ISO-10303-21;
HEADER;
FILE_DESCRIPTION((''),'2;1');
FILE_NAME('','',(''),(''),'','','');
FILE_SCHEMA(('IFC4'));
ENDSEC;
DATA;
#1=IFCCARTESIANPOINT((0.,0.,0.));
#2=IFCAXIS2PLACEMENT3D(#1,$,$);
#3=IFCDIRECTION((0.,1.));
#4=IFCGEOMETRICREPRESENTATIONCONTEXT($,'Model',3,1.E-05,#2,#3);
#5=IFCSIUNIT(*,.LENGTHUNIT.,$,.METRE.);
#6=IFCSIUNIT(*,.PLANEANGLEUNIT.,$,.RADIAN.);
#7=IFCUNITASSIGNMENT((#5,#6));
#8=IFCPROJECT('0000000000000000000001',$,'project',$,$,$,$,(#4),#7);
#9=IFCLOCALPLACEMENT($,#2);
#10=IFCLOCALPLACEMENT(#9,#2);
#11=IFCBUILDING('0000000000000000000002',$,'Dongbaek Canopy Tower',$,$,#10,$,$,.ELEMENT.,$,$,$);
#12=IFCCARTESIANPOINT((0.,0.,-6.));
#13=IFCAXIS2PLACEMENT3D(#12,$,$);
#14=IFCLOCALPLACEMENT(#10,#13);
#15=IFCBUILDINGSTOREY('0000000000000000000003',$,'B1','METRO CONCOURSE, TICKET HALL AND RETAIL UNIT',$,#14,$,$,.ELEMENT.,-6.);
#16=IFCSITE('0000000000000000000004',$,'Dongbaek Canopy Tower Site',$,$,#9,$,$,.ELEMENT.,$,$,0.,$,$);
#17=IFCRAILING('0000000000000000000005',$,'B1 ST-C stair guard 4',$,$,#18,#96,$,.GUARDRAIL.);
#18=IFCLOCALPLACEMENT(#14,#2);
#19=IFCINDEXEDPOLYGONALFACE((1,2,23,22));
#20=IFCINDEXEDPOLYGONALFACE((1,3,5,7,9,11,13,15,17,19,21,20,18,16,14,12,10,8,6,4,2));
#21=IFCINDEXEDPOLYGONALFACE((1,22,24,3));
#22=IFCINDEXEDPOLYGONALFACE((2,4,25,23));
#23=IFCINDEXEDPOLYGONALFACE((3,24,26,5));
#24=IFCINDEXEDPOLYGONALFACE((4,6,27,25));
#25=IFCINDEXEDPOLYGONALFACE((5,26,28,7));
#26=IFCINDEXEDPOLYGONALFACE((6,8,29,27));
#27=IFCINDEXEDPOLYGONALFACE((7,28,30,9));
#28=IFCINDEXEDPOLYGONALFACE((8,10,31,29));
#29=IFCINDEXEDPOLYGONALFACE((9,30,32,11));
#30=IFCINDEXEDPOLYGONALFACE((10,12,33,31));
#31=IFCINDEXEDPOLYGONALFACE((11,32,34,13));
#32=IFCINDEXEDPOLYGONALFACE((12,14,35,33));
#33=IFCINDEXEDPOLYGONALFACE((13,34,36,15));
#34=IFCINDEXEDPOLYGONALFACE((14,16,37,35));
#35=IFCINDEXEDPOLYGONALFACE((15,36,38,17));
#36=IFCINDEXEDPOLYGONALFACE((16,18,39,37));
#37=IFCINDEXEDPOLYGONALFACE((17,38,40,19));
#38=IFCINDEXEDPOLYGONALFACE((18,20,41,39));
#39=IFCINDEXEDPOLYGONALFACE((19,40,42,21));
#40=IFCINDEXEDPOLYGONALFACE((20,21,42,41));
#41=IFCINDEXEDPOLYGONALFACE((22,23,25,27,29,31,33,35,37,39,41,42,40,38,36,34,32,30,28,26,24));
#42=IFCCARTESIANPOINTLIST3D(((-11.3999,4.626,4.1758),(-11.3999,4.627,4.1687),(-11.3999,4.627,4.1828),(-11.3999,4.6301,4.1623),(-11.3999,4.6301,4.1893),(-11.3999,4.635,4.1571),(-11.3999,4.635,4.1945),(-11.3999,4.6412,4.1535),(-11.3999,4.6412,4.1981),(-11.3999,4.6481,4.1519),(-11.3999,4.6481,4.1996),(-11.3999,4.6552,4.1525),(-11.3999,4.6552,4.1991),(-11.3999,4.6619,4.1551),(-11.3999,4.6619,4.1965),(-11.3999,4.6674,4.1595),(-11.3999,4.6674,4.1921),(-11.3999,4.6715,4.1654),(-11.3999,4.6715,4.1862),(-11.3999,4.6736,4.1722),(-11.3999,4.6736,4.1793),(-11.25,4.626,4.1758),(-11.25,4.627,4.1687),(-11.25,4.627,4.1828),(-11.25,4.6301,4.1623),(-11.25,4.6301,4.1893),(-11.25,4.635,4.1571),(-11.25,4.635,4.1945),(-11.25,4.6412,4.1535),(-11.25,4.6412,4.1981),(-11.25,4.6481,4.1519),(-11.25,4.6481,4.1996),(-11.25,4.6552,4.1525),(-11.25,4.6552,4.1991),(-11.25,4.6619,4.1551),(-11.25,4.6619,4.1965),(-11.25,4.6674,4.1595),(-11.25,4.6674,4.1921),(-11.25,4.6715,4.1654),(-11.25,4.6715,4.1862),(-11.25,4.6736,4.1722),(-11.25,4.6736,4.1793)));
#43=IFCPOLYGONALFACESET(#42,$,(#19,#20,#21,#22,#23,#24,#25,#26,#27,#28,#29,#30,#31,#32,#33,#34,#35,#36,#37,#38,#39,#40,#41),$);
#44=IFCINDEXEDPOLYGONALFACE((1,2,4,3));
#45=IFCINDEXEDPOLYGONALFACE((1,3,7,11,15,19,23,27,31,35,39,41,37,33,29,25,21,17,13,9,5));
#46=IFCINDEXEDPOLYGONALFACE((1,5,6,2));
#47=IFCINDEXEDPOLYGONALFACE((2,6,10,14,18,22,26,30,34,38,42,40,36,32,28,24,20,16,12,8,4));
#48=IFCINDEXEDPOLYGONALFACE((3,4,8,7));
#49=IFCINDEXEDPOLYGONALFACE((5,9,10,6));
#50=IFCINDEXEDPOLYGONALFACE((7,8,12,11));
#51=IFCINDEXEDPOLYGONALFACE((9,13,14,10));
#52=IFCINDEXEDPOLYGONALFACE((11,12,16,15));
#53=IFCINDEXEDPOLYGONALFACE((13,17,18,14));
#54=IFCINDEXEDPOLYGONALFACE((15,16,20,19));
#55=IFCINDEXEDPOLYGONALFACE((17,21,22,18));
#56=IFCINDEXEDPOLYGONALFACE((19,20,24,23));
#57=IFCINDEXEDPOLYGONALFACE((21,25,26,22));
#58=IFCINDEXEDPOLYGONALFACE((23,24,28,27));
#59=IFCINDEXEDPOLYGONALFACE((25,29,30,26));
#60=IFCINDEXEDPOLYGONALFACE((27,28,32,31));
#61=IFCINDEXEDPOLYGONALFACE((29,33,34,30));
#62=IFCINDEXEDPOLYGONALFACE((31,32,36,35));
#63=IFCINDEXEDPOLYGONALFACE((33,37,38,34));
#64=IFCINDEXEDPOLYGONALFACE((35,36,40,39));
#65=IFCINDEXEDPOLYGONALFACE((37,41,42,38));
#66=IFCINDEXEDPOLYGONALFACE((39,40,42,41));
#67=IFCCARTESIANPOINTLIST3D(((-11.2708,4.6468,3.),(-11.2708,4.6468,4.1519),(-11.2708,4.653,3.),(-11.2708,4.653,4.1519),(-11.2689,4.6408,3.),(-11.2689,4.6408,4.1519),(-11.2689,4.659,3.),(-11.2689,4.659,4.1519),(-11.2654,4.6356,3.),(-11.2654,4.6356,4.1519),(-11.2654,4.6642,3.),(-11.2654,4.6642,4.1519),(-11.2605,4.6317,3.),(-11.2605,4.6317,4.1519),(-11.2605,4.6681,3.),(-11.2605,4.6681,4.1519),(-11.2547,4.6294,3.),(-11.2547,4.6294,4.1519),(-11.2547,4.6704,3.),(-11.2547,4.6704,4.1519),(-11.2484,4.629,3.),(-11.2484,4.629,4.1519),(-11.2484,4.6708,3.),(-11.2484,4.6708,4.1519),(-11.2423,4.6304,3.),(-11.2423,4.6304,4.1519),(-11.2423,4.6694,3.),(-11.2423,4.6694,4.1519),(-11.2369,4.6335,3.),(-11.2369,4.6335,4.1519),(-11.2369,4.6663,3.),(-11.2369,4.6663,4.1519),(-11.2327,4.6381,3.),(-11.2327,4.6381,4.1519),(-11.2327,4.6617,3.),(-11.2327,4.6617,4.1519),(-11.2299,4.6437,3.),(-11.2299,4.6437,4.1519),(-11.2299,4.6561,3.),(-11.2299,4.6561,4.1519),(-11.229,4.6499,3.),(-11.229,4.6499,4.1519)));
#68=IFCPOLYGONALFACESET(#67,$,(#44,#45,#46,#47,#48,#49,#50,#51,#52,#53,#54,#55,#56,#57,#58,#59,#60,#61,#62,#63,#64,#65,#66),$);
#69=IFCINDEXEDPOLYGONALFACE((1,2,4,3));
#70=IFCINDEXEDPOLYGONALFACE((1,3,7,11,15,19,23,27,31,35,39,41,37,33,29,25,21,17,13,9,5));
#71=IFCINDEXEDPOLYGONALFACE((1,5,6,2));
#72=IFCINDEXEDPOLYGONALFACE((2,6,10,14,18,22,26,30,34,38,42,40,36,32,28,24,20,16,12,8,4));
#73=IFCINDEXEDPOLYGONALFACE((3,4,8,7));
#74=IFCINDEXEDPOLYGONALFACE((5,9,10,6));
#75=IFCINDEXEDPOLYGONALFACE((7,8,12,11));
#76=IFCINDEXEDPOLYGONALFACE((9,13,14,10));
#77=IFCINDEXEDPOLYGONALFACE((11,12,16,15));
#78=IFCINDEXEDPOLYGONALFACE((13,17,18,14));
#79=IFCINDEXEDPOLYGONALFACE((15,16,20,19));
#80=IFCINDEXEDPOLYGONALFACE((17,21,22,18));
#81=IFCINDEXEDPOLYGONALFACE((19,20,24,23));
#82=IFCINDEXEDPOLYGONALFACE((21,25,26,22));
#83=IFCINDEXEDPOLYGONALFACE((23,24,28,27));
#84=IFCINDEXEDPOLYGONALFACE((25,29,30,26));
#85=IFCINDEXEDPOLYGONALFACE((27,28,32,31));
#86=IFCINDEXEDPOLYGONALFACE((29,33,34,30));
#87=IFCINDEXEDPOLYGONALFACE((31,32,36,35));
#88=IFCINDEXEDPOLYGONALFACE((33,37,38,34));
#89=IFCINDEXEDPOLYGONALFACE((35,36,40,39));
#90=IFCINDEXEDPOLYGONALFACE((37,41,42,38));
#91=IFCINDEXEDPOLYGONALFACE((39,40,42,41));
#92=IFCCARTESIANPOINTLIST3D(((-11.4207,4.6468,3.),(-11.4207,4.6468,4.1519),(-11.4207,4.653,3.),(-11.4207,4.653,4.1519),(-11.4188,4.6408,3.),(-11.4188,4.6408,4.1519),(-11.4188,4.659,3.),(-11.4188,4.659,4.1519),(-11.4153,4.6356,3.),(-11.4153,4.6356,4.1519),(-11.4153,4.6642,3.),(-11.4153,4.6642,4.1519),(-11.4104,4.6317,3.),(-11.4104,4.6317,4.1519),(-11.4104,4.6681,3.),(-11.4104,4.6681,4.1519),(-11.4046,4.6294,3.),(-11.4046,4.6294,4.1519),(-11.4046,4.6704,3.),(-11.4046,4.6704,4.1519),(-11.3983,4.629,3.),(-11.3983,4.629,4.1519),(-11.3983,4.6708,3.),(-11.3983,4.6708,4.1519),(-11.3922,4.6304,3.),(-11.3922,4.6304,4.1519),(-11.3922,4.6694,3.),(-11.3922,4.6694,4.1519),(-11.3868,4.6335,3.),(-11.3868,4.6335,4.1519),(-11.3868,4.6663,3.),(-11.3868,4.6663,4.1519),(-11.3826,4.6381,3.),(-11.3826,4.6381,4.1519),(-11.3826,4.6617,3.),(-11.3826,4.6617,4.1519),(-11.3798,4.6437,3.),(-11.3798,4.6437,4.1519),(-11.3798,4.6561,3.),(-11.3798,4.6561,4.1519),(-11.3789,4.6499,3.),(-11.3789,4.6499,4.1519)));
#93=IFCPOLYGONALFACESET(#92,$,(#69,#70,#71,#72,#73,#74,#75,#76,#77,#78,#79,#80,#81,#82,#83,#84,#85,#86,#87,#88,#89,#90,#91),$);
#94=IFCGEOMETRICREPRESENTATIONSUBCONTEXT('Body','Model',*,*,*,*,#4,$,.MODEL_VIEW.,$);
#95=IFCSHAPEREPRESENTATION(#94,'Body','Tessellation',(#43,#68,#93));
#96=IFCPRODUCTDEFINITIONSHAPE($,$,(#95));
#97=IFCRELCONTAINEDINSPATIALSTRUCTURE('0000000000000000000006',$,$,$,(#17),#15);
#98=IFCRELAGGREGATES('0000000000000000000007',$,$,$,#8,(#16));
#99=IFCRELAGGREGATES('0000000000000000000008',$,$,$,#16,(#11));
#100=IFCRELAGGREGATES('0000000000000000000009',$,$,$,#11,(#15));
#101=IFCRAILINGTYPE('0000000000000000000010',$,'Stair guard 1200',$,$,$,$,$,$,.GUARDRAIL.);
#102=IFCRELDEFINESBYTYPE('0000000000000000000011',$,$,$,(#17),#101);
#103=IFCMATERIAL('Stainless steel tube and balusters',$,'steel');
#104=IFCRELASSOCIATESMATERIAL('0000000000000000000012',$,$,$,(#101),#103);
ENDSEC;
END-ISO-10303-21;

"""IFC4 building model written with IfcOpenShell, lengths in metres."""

from ifc_helpers import new_model, si_unit, direction, frame, origin, origin_2d, place, context, subcontext, project, spatial, circle, extrude, material, type_object, element, save


model = new_model("IFC4")

# Units and contexts
model_context = context("Model", 3, precision=1e-05, world=origin(), true_north=direction((0.0, 1.0)))
body_context = subcontext(model_context, "Body", "Model", "MODEL_VIEW")
ifc_project = project(units=[si_unit("LENGTHUNIT", "METRE"), si_unit("PLANEANGLEUNIT", "RADIAN")], contexts=[model_context])

# Site, building, storey
site_placement = place(None, origin())
site = spatial("IfcSite", under=ifc_project, at=site_placement, Name="Dongbaek Canopy Tower Site", CompositionType="ELEMENT", RefElevation=0.0)
building_placement = place(site_placement, origin())
building = spatial("IfcBuilding", under=site, at=building_placement, Name="Dongbaek Canopy Tower", CompositionType="ELEMENT")
storey_placement = place(building_placement, frame((0.0, 0.0, -6.0)))
storey = spatial("IfcBuildingStorey", under=building, at=storey_placement, Name="B1", Description="METRO CONCOURSE, TICKET HALL AND RETAIL UNIT", CompositionType="ELEMENT", Elevation=-6.0)

# Railing
ifc_material_1 = material(Name="Stainless steel tube and balusters", Category="steel")
railing_type_1 = type_object("IfcRailingType", Name="Stair guard 1200", PredefinedType="GUARDRAIL", material=ifc_material_1)
railing_1_placement = place(storey_placement, frame((-11.25, 4.6499, 3.0)))
element("IfcRailing", 1, at=railing_1_placement, inside=storey, type_object=railing_type_1, Name="B1 ST-C stair guard 4", PredefinedType="GUARDRAIL", context=body_context, shape_type="SweptSolid", body=[
    extrude(circle(Radius=0.0239, at=origin_2d()), frame((0.0, 0.0, 1.1758), z_axis=(-1.0, 0.0, 0.0), x_axis=(0.0, -1.0, 0.0)), (0.0, 0.0, 1.0), 0.1499),
    extrude(circle(Radius=0.021, at=origin_2d()), origin(), (0.0, 0.0, 1.0), 1.1519),
    extrude(circle(Radius=0.021, at=origin_2d()), frame((-0.1499, 0.0, 0.0)), (0.0, 0.0, 1.0), 1.1519),
])

save(model, "model.ifc")
